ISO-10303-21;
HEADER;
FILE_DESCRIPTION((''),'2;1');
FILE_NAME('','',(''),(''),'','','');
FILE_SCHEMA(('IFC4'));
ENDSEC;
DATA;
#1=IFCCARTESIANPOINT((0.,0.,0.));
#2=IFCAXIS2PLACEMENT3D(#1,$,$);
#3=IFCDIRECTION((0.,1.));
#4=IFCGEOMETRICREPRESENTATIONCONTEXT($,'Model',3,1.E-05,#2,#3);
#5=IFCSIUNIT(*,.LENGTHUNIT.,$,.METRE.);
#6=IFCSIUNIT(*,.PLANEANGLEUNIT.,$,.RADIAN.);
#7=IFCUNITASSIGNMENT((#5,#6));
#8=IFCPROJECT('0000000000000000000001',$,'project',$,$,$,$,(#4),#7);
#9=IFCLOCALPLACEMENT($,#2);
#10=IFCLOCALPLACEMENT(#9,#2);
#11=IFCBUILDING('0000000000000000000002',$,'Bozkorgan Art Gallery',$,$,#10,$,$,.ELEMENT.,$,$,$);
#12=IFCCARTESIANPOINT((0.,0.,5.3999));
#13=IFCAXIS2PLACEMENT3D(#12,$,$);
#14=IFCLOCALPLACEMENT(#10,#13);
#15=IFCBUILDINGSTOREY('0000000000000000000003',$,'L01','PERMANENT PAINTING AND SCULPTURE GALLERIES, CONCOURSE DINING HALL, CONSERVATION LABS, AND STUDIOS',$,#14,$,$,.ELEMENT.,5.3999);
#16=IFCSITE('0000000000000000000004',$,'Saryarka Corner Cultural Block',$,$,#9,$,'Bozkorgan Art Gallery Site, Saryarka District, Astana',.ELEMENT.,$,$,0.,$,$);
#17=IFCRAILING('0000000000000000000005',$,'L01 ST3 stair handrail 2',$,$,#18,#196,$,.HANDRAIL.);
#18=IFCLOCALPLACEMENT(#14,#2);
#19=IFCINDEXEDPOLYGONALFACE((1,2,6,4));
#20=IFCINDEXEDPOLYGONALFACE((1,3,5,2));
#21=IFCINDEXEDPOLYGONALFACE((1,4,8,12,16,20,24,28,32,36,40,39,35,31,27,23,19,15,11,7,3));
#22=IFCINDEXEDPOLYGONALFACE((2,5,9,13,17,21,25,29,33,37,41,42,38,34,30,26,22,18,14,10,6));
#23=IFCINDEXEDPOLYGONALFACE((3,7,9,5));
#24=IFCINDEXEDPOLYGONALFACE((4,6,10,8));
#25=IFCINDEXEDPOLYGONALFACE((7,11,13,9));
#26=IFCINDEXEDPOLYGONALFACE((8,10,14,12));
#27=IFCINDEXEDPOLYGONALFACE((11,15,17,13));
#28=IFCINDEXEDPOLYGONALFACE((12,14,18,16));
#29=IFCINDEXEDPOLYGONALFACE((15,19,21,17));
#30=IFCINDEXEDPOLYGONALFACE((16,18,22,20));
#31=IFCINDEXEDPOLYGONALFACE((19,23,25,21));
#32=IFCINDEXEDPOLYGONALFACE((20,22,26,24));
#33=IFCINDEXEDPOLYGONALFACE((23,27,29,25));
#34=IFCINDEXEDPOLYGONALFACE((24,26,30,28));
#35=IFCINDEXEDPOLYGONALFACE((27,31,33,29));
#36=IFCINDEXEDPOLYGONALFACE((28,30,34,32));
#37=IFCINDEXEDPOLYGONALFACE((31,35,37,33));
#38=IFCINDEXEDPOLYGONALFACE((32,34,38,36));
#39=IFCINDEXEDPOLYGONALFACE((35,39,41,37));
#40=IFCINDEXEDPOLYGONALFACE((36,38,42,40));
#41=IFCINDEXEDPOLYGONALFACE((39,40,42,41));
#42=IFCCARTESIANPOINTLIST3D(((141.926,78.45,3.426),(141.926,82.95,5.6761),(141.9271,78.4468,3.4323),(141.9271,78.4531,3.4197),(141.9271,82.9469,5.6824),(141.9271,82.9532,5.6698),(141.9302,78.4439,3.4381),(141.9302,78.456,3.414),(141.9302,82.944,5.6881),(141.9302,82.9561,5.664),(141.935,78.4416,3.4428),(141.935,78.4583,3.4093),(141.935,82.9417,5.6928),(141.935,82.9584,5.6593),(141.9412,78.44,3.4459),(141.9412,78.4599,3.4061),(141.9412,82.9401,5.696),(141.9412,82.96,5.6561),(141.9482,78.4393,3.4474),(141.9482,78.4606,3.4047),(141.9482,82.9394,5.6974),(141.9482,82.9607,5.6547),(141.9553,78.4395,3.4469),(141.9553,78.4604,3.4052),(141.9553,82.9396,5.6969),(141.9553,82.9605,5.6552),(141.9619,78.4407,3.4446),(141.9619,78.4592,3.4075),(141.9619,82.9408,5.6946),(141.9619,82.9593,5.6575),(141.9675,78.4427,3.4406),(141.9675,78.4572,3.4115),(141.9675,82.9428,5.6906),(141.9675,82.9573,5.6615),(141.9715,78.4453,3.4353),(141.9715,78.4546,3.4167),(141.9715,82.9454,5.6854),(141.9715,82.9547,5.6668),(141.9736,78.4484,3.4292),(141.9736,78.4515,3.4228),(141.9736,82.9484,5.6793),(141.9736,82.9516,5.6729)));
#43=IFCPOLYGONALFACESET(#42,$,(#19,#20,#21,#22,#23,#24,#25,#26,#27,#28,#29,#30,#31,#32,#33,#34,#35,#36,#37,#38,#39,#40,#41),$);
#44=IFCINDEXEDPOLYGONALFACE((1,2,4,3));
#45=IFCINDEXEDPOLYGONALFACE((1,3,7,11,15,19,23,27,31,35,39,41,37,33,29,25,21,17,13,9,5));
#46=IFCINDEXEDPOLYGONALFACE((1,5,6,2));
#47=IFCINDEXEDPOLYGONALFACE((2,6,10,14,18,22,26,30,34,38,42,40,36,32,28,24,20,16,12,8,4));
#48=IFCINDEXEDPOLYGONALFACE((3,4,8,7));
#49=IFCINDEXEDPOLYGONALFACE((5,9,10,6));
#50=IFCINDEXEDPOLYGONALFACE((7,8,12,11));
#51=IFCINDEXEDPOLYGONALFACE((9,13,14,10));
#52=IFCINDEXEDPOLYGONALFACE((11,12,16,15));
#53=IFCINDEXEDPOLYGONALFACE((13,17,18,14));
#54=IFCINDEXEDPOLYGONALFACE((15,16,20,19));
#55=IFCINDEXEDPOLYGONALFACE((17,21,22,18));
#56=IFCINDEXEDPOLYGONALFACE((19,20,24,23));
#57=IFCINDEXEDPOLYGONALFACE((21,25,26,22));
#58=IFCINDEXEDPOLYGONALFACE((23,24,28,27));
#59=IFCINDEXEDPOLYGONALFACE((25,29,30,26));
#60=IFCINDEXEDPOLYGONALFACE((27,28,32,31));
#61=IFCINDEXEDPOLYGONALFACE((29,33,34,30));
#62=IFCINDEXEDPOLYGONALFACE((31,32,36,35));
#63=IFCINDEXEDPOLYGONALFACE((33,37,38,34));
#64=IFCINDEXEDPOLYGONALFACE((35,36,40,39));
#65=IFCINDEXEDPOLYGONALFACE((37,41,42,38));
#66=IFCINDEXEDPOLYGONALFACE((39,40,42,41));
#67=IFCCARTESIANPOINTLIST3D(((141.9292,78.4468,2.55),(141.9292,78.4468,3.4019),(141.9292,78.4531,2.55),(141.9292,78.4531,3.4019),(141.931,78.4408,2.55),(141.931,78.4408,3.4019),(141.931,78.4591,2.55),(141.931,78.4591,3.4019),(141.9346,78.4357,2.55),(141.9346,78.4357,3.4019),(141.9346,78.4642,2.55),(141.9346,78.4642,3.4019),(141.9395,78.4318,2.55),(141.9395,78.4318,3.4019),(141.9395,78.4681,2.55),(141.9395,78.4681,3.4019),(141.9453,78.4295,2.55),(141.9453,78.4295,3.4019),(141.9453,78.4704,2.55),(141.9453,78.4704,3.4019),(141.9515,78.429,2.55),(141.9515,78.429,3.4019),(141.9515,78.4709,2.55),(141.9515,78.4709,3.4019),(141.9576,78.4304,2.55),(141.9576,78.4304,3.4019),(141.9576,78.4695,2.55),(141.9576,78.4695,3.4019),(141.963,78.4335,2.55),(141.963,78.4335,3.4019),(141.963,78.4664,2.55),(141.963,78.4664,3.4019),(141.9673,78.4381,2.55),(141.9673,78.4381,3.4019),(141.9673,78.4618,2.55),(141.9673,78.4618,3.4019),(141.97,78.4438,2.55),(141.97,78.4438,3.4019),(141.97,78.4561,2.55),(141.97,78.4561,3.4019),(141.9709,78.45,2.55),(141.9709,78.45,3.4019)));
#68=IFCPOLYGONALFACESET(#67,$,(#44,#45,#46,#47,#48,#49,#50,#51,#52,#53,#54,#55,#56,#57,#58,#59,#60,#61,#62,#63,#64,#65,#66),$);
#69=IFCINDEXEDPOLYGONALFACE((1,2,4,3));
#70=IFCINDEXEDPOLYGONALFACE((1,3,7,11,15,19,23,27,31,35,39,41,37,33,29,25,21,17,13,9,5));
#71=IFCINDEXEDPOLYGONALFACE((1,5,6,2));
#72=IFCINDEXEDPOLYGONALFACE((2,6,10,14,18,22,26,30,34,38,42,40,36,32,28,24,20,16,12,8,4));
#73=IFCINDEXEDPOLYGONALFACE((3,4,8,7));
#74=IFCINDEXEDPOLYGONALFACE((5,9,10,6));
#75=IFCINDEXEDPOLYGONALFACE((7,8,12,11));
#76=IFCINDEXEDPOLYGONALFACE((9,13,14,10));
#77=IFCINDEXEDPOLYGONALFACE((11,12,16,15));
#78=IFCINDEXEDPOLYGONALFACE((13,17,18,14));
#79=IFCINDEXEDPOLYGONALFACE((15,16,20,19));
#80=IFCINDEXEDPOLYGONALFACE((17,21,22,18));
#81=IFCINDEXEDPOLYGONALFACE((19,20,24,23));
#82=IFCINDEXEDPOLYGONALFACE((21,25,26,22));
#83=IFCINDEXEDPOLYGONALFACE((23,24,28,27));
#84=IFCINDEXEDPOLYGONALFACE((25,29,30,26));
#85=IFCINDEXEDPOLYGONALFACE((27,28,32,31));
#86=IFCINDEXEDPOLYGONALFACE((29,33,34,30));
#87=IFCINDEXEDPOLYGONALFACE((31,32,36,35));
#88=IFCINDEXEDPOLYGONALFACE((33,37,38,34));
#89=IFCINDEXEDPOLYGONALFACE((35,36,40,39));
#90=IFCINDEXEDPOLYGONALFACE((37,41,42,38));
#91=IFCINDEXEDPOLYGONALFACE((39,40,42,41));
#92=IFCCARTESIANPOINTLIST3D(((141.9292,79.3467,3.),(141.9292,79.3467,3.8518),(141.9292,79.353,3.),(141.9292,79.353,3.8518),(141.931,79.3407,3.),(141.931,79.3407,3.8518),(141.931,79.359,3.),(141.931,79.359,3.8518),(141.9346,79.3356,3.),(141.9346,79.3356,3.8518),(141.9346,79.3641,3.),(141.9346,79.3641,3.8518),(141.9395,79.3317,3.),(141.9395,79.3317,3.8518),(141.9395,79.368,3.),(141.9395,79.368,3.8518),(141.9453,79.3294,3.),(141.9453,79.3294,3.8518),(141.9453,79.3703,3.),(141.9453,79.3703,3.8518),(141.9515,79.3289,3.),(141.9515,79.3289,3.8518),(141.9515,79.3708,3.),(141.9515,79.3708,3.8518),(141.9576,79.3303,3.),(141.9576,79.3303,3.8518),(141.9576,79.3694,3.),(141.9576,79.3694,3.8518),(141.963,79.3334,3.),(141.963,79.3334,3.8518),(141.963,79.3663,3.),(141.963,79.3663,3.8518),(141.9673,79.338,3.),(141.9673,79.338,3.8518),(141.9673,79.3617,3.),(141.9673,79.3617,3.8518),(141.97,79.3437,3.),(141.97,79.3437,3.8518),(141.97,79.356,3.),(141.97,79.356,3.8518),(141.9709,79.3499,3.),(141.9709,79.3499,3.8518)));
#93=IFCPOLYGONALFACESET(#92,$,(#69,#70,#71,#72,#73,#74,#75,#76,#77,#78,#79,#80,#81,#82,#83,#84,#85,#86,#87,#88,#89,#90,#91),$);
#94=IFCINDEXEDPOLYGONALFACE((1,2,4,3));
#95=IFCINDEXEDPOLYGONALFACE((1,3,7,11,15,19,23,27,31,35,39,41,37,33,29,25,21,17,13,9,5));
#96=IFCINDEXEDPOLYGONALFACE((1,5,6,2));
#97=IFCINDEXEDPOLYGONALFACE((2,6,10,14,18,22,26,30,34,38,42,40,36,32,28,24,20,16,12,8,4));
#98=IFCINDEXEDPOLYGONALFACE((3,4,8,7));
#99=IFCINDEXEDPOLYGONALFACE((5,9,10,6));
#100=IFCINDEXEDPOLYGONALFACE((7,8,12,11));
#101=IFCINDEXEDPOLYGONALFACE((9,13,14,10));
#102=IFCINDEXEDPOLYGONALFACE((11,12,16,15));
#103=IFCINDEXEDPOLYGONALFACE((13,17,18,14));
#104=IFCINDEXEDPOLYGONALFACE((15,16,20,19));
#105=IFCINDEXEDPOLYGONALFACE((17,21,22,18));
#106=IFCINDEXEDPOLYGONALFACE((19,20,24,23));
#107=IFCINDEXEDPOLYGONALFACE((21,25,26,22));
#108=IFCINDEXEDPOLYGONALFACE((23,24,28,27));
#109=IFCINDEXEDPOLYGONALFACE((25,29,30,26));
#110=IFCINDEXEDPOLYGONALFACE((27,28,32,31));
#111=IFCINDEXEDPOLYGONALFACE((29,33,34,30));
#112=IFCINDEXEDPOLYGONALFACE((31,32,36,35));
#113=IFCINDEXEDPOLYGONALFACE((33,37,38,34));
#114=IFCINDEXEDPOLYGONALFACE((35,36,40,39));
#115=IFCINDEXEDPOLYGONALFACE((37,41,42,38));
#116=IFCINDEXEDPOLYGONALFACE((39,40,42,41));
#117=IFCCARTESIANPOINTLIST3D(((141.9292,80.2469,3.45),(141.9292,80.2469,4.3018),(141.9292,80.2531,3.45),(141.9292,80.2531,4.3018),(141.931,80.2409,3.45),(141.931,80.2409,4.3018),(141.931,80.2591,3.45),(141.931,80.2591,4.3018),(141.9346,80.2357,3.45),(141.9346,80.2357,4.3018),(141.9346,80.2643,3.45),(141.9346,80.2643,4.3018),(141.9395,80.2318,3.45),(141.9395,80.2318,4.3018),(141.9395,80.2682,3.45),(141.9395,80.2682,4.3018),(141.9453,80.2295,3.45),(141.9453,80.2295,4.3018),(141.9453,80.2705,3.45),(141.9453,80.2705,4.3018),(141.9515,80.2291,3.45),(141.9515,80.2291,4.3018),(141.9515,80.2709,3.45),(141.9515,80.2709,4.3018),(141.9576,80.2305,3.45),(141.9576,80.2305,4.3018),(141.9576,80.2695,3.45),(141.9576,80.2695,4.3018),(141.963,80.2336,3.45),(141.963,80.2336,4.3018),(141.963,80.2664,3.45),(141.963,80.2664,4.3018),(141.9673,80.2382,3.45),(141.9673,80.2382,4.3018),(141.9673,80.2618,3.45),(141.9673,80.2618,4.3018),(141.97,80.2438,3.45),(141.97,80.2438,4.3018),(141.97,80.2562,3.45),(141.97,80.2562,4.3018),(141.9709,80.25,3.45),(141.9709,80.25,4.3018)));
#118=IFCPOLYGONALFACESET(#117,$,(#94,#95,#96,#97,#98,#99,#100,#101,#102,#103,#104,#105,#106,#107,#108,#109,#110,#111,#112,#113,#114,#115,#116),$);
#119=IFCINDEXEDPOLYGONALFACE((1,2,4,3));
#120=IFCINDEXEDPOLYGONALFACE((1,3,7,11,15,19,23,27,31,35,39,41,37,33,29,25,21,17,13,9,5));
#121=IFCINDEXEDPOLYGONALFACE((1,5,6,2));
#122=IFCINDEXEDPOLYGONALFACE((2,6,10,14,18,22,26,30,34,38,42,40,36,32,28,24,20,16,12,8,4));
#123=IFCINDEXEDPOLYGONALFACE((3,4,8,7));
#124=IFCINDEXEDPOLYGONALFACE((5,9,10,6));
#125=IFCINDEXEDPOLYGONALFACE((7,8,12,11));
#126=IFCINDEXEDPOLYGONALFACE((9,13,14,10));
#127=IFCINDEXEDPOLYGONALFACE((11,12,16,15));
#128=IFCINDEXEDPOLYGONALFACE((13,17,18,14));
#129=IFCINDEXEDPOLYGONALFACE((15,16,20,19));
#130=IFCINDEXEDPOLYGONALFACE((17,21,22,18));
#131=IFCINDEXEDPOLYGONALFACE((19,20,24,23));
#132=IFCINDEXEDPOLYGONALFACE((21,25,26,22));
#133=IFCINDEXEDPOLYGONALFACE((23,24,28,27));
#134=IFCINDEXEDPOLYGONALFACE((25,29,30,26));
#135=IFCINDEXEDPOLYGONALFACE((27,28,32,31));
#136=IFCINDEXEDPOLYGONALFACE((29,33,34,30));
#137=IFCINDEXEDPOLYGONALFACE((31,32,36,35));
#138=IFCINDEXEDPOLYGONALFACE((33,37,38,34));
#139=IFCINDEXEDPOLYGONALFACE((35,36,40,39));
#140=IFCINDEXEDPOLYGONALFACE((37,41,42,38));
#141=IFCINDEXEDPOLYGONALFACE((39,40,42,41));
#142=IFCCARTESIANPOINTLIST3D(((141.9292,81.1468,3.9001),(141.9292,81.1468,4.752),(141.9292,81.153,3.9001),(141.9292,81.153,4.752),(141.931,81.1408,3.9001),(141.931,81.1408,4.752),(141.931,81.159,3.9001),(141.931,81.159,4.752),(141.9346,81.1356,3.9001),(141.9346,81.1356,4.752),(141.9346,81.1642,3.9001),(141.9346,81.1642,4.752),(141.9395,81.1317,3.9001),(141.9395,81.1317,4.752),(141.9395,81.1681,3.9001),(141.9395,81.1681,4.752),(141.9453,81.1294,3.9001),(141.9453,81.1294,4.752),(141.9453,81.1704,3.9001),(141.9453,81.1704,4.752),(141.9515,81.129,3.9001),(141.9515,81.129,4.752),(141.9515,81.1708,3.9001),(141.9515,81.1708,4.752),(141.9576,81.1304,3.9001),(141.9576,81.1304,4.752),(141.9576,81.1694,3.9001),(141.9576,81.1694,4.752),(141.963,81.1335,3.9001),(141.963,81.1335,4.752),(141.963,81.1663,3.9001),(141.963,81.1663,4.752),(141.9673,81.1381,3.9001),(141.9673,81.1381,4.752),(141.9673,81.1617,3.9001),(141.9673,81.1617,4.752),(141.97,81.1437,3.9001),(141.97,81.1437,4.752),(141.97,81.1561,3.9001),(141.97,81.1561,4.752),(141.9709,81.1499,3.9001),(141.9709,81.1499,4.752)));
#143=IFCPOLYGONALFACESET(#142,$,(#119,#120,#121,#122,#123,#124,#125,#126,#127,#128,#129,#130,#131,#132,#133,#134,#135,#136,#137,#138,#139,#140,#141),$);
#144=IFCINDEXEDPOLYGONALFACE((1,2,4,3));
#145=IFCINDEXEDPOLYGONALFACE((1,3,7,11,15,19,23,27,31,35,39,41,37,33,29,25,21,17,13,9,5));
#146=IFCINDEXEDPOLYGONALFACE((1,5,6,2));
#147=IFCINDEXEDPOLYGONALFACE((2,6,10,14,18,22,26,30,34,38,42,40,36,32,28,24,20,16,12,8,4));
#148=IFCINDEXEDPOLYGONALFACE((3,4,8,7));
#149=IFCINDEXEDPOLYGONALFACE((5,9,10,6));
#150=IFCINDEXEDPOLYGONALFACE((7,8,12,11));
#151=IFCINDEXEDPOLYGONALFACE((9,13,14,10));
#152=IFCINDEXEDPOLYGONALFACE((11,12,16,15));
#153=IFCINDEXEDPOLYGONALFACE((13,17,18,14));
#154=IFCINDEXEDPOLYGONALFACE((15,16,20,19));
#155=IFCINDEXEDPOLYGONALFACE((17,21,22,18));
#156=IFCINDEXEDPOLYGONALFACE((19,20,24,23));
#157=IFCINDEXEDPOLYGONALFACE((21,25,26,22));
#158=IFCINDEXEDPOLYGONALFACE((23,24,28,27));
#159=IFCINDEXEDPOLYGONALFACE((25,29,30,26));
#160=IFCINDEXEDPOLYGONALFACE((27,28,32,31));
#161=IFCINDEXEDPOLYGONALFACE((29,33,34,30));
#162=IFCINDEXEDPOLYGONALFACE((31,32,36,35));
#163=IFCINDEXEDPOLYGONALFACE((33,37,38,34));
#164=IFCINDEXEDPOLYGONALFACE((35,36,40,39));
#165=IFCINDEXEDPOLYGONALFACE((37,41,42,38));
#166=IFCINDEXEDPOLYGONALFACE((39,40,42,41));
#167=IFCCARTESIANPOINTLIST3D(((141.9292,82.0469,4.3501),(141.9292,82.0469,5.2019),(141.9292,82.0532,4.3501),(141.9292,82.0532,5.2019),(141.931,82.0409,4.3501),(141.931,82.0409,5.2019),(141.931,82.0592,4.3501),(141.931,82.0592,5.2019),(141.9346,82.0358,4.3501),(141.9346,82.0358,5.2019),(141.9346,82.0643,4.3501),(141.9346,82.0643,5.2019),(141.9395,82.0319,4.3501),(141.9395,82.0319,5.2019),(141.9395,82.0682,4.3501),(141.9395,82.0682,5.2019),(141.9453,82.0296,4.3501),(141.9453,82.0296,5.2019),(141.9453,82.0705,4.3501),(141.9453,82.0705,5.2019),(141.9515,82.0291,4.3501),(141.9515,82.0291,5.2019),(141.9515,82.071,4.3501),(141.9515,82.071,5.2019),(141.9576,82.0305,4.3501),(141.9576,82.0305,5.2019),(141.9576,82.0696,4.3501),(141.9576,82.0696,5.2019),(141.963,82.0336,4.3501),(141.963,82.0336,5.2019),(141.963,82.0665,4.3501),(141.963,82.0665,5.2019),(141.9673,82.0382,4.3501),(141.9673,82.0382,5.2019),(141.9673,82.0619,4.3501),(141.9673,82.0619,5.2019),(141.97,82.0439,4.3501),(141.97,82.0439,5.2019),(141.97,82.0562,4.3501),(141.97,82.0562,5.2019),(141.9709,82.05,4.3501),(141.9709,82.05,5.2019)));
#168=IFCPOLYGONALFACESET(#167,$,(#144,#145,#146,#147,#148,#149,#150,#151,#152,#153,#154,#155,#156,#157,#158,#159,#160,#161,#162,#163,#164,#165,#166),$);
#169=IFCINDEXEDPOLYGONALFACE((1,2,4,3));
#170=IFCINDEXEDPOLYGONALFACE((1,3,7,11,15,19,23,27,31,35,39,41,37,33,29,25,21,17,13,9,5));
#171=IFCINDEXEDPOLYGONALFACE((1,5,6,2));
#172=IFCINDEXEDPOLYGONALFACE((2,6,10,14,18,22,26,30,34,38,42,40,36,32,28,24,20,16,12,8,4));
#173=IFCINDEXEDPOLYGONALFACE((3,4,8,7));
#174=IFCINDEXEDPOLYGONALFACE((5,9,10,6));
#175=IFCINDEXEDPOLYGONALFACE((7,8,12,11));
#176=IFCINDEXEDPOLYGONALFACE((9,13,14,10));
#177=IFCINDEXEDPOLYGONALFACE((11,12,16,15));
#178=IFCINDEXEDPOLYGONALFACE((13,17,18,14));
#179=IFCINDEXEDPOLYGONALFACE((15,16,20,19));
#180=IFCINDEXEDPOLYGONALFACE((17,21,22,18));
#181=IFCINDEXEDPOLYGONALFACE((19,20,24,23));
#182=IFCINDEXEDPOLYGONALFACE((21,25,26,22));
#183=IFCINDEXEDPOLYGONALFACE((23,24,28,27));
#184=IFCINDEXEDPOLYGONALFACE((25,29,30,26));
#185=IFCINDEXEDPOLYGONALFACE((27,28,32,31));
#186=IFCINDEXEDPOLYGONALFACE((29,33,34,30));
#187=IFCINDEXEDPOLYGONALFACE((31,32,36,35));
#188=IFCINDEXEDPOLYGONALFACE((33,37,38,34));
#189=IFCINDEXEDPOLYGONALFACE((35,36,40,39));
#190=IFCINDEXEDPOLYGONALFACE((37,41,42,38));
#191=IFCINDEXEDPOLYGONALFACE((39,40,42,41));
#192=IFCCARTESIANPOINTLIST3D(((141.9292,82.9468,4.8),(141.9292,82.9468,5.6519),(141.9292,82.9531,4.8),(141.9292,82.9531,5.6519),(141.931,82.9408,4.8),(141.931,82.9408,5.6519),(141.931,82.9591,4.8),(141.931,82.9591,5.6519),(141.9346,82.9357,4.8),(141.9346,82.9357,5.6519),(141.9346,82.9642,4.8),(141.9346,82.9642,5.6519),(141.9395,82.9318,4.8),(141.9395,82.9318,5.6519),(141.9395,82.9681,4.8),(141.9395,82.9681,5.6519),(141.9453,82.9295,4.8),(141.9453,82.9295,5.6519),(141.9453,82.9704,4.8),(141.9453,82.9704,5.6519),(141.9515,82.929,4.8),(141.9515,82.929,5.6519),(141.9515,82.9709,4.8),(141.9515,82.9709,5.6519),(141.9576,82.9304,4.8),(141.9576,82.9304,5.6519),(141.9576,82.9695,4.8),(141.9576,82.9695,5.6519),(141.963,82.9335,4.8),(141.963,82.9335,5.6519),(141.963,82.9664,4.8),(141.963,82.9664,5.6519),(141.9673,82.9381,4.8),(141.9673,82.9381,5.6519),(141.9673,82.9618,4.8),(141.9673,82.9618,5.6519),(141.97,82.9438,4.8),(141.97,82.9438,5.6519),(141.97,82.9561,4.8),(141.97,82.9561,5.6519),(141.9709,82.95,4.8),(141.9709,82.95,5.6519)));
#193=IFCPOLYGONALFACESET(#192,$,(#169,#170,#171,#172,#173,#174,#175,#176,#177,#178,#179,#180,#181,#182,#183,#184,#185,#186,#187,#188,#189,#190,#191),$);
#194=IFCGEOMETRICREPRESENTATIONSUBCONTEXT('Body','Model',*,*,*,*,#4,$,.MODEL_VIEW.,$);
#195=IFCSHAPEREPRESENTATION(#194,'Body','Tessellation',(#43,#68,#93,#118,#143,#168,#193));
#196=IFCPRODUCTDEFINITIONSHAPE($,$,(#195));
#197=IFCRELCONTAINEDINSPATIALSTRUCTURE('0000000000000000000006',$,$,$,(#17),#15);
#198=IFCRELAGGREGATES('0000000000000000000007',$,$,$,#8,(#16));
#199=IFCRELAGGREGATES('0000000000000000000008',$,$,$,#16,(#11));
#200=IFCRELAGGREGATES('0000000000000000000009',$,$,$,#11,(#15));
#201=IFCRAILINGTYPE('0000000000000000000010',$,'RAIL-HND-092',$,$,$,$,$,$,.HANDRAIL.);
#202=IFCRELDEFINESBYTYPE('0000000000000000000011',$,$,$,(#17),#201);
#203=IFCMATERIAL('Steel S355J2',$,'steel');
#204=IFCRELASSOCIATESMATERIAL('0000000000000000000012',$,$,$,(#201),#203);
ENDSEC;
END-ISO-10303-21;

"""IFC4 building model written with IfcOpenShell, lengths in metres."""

from ifc_helpers import new_model, si_unit, direction, frame, origin, origin_2d, place, context, subcontext, project, spatial, circle, extrude, material, type_object, element, save


model = new_model("IFC4")

# Units and contexts
model_context = context("Model", 3, precision=1e-05, world=origin(), true_north=direction((0.0, 1.0)))
body_context = subcontext(model_context, "Body", "Model", "MODEL_VIEW")
ifc_project = project(units=[si_unit("LENGTHUNIT", "METRE"), si_unit("PLANEANGLEUNIT", "RADIAN")], contexts=[model_context])

# Site, building, storey
site_placement = place(None, origin())
site = spatial("IfcSite", under=ifc_project, at=site_placement, Name="Saryarka Corner Cultural Block", LongName="Bozkorgan Art Gallery Site, Saryarka District, Astana", CompositionType="ELEMENT", RefElevation=0.0)
building_placement = place(site_placement, origin())
building = spatial("IfcBuilding", under=site, at=building_placement, Name="Bozkorgan Art Gallery", CompositionType="ELEMENT")
storey_placement = place(building_placement, frame((0.0, 0.0, 5.3999)))
storey = spatial("IfcBuildingStorey", under=building, at=storey_placement, Name="L01", Description="PERMANENT PAINTING AND SCULPTURE GALLERIES, CONCOURSE DINING HALL, CONSERVATION LABS, AND STUDIOS", CompositionType="ELEMENT", Elevation=5.3999)

# Shared definitions
ifc_material_1 = material(Name="Steel S355J2", Category="steel")

# Railing
railing_type_1 = type_object("IfcRailingType", Name="RAIL-HND-092", PredefinedType="HANDRAIL", material=ifc_material_1)
railing_1_placement = place(storey_placement, frame((141.95, 78.45, 2.55)))
element("IfcRailing", 1, at=railing_1_placement, inside=storey, type_object=railing_type_1, Name="L01 ST3 stair handrail 2", PredefinedType="HANDRAIL", context=body_context, shape_type="SweptSolid", body=[
    extrude(circle(Radius=0.0239, at=origin_2d()), frame((0.0, 0.0, 0.876), z_axis=(0.0, 0.894427, 0.447214), x_axis=(-1.0, 0.0, 0.0)), (0.0, 0.0, 1.0), 5.0312),
    extrude(circle(Radius=0.021, at=origin_2d()), origin(), (0.0, 0.0, 1.0), 0.8518),
    extrude(circle(Radius=0.021, at=origin_2d()), frame((0.0, 0.8999, 0.45)), (0.0, 0.0, 1.0), 0.8518),
    extrude(circle(Radius=0.021, at=origin_2d()), frame((0.0, 1.8, 0.8999)), (0.0, 0.0, 1.0), 0.8518),
    extrude(circle(Radius=0.021, at=origin_2d()), frame((0.0, 2.7, 1.3501)), (0.0, 0.0, 1.0), 0.8518),
    extrude(circle(Radius=0.021, at=origin_2d()), frame((0.0, 3.6001, 1.8)), (0.0, 0.0, 1.0), 0.8518),
    extrude(circle(Radius=0.021, at=origin_2d()), frame((0.0, 4.5, 2.25)), (0.0, 0.0, 1.0), 0.8518),
])

save(model, "model.ifc")
